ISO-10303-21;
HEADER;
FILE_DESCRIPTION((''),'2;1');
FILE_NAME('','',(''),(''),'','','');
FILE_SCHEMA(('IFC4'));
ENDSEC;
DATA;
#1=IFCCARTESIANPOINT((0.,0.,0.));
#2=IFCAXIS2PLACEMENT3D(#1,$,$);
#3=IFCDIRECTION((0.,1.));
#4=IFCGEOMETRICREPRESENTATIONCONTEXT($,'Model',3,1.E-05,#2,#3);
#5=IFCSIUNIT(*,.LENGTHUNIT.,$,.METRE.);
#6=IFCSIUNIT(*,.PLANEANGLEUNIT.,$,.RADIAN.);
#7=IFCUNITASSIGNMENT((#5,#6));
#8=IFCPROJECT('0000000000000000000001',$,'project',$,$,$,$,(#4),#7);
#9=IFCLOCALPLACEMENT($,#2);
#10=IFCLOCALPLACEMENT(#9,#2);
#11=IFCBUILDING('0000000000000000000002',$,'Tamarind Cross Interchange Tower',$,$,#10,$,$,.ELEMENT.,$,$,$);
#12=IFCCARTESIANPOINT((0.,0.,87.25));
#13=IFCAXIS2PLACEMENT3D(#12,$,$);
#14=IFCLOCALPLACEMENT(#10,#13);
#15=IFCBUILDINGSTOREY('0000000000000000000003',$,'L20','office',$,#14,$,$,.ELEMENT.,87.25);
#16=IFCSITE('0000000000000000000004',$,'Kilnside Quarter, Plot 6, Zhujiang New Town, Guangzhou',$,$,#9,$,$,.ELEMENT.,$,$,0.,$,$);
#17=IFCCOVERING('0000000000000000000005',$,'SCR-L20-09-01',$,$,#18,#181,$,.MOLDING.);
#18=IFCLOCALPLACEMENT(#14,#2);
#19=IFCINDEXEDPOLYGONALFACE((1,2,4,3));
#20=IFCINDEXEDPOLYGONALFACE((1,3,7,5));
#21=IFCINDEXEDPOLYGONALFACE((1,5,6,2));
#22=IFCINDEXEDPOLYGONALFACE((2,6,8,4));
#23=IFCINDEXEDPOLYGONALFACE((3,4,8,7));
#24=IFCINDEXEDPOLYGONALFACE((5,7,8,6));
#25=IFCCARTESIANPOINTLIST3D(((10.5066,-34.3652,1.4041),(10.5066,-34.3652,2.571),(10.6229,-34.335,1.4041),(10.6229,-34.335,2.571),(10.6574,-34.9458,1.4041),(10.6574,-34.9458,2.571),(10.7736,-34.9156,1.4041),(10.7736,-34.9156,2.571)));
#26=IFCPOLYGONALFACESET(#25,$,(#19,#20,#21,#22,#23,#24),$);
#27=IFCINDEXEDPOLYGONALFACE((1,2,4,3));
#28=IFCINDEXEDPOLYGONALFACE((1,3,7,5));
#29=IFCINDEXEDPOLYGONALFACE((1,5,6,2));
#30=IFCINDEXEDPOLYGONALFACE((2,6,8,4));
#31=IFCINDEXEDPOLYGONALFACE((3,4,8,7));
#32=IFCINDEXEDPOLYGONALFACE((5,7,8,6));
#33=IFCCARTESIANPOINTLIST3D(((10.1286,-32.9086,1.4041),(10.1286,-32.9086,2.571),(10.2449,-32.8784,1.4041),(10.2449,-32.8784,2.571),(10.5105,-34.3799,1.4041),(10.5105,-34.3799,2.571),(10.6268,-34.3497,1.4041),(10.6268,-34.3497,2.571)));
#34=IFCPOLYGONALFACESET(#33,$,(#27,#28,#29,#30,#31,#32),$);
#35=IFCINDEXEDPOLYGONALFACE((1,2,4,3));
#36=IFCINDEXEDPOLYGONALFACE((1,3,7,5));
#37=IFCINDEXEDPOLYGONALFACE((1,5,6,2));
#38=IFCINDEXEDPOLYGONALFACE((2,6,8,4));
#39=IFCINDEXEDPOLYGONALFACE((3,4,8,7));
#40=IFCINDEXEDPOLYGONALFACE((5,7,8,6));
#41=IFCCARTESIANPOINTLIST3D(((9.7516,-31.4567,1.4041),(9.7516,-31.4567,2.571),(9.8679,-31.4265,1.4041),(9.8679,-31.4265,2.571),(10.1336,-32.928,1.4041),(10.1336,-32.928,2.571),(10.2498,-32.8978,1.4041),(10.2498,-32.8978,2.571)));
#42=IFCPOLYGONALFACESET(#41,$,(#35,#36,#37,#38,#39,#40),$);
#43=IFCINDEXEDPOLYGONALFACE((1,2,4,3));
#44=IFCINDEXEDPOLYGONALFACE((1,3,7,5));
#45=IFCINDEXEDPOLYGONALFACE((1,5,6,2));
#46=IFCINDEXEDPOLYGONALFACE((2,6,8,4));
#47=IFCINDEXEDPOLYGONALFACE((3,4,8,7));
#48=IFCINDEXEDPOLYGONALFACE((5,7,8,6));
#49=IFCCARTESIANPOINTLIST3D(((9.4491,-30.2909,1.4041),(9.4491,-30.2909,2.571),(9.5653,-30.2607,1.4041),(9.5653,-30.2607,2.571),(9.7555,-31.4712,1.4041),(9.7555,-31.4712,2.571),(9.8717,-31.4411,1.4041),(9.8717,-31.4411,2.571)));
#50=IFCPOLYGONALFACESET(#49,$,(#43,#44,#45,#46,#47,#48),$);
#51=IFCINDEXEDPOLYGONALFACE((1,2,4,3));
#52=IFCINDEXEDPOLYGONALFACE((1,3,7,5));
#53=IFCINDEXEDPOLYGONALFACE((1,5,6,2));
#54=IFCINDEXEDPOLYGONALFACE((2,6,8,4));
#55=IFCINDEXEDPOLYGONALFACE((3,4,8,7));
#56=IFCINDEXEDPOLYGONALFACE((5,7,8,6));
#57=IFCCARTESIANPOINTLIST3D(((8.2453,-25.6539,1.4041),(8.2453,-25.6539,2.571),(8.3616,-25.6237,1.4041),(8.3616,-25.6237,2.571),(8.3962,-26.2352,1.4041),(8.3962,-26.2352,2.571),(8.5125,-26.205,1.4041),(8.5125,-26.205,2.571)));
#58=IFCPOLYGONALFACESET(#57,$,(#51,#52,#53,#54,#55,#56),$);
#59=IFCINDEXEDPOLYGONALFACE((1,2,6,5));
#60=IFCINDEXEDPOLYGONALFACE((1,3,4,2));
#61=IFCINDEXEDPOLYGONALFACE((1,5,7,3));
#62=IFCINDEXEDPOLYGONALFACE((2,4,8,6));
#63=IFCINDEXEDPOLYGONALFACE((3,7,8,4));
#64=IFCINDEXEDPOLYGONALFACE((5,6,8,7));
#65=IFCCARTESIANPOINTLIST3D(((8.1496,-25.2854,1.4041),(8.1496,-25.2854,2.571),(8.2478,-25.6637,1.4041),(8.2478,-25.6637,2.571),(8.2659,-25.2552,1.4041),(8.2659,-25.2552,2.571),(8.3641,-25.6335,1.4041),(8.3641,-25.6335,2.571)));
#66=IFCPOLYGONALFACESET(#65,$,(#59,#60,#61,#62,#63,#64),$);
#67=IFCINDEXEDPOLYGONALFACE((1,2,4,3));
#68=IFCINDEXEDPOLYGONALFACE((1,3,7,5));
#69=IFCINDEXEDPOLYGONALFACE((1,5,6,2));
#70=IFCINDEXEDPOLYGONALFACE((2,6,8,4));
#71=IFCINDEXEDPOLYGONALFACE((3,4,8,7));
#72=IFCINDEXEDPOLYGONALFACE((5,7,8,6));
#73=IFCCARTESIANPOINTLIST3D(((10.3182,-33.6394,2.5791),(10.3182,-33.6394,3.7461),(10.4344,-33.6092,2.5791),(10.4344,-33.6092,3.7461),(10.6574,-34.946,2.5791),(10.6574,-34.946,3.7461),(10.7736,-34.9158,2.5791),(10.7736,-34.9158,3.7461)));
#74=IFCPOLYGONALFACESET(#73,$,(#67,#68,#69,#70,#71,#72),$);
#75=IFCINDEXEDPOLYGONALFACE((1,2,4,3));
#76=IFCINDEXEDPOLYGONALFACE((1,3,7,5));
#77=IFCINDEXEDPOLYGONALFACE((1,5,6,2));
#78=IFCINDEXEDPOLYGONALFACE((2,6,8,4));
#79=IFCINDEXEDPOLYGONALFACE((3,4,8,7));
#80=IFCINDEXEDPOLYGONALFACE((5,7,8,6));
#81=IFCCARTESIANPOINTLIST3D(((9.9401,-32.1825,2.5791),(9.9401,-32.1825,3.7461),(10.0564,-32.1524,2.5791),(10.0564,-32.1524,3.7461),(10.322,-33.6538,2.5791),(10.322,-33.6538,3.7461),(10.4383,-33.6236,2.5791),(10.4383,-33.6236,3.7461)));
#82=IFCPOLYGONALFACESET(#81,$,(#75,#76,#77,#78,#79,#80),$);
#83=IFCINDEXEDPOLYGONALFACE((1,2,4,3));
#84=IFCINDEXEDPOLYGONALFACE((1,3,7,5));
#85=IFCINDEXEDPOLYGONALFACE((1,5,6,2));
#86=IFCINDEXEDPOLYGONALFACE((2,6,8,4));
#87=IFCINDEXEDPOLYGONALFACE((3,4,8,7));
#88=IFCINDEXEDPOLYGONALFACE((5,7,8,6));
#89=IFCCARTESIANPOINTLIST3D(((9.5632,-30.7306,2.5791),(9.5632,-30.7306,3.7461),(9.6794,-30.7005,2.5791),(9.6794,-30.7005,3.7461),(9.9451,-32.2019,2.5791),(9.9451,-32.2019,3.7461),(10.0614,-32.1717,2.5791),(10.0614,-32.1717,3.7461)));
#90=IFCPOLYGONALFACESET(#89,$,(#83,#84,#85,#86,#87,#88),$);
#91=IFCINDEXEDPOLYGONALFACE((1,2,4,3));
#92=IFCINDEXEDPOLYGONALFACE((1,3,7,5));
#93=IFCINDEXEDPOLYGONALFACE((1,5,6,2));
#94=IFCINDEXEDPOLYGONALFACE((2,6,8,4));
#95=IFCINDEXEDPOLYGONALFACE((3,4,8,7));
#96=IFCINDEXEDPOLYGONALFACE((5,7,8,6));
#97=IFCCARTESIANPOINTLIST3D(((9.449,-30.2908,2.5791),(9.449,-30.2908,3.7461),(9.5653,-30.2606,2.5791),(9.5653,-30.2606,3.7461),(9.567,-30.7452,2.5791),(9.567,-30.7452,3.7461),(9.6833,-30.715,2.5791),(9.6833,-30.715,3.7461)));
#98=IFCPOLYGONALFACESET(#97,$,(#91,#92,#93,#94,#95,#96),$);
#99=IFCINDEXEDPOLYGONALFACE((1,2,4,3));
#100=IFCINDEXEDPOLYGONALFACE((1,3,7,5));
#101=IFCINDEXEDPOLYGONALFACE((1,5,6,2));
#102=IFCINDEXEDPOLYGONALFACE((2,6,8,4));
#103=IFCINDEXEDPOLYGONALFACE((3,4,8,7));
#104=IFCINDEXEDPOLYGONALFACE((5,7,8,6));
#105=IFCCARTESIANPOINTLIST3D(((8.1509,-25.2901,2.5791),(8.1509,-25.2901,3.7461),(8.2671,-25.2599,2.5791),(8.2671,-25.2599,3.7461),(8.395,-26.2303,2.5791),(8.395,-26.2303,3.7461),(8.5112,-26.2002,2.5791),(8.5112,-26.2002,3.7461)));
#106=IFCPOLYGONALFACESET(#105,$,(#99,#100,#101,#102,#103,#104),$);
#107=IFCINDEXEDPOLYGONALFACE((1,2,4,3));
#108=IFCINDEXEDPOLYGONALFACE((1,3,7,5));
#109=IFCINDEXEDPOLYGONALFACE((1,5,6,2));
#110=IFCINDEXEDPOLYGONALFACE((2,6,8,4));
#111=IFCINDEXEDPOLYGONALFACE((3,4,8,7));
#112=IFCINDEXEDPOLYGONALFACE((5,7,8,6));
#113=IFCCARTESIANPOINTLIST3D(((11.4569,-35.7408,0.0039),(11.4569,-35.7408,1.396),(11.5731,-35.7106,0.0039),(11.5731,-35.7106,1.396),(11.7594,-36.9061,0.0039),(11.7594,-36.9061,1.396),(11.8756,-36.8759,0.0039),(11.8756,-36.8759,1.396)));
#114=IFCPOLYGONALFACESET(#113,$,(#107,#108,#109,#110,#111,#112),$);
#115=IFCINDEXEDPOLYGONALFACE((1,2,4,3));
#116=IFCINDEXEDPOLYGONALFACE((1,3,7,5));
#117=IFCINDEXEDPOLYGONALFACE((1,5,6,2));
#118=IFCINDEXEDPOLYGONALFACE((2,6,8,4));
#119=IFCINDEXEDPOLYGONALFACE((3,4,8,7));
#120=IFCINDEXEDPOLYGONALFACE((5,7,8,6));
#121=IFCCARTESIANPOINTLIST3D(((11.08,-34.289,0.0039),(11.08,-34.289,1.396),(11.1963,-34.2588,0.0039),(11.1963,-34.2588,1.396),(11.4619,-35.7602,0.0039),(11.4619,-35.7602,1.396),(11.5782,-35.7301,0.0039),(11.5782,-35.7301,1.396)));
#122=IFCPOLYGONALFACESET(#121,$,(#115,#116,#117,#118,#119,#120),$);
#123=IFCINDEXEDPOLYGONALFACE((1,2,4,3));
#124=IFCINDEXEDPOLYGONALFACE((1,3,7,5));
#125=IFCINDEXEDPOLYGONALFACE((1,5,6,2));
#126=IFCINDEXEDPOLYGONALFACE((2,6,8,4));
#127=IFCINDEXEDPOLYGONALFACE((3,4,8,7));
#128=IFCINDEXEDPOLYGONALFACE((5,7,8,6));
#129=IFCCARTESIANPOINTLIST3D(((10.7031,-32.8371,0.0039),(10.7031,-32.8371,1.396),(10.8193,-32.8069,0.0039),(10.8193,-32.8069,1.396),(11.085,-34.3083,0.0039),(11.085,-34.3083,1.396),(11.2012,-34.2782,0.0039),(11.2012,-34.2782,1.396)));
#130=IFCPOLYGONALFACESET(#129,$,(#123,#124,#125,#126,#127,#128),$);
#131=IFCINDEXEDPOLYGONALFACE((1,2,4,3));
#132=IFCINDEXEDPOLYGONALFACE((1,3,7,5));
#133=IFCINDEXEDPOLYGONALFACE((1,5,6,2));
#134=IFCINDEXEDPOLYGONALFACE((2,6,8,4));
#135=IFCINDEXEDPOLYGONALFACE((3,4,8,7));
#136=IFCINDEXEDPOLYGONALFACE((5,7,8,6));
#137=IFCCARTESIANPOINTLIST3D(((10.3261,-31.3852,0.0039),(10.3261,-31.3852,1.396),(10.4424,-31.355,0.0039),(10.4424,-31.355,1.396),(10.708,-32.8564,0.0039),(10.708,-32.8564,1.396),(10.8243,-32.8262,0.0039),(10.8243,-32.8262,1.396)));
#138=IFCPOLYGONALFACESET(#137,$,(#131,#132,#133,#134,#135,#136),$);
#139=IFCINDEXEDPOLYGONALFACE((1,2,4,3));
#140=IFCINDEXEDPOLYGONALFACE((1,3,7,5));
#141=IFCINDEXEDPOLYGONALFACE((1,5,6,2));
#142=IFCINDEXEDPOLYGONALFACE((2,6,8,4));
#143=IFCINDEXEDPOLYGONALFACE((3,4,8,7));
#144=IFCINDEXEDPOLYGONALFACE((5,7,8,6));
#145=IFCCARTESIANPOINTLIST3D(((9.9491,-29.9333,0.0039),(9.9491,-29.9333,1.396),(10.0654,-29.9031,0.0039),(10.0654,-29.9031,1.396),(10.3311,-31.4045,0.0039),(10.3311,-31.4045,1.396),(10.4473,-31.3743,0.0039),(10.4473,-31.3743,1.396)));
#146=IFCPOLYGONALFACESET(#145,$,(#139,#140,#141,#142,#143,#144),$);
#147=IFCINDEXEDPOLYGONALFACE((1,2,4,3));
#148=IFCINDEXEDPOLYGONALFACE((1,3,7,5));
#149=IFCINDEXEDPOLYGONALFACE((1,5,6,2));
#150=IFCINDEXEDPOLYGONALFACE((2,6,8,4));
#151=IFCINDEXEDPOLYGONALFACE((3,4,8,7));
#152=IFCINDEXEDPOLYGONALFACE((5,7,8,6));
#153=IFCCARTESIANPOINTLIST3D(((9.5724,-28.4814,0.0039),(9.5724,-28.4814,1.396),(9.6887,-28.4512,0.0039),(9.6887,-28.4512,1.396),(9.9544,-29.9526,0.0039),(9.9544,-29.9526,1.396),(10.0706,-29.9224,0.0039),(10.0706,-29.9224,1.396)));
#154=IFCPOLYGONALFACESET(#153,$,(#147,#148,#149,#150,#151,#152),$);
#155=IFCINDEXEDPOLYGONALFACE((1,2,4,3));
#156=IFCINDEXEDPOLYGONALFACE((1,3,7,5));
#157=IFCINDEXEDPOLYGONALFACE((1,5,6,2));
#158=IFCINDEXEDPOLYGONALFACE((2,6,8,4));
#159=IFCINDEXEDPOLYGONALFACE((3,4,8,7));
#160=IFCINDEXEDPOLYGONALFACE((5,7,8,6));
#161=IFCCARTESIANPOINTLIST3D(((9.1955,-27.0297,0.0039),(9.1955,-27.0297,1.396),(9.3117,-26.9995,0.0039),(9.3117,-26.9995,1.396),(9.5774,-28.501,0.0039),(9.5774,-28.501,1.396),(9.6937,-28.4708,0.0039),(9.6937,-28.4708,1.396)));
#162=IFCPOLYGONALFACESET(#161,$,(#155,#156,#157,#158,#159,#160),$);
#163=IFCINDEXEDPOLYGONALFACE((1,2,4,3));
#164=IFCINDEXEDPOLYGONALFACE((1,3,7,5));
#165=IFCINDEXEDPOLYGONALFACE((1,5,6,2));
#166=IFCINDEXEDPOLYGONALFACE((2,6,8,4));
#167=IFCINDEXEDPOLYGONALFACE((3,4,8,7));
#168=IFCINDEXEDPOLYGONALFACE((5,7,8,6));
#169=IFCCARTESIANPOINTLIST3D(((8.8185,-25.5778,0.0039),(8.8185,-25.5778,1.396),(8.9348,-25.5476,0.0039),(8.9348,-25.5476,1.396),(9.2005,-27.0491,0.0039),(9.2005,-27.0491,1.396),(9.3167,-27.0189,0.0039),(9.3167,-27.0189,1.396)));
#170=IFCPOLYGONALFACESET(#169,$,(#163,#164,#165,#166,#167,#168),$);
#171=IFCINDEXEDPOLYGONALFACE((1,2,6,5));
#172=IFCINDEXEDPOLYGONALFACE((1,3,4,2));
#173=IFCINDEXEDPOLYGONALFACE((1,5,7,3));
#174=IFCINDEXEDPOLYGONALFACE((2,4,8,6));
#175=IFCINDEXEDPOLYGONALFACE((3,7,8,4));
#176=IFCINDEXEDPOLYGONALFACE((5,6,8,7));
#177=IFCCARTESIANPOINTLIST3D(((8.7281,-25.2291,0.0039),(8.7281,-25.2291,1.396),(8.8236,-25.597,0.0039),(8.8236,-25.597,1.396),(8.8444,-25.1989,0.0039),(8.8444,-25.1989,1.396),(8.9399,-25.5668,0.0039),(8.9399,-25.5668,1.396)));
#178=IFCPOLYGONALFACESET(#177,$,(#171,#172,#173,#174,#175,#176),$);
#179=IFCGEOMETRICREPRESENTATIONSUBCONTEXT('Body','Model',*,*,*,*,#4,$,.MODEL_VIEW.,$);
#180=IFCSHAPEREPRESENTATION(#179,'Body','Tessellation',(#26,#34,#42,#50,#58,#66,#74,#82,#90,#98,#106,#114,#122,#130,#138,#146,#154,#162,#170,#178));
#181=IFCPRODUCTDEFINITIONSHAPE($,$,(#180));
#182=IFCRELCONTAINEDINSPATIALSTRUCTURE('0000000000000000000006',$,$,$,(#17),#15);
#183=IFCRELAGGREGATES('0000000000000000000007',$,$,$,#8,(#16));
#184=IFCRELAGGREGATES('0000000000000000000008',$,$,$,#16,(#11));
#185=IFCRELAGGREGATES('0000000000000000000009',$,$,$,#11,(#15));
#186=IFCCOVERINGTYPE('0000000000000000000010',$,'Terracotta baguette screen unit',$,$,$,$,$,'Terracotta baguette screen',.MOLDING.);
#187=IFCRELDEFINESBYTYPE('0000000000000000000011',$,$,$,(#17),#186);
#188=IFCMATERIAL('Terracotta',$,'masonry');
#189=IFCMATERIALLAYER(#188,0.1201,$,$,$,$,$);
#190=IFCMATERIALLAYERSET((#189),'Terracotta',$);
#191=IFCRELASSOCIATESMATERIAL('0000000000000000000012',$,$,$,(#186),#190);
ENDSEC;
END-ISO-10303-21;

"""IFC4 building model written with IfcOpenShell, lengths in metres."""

from ifc_helpers import new_model, si_unit, direction, frame, origin, origin_2d, place, context, subcontext, project, spatial, rectangle, extrude, material, layer, layer_set, type_object, element, save


model = new_model("IFC4")

# Units and contexts
model_context = context("Model", 3, precision=1e-05, world=origin(), true_north=direction((0.0, 1.0)))
body_context = subcontext(model_context, "Body", "Model", "MODEL_VIEW")
ifc_project = project(units=[si_unit("LENGTHUNIT", "METRE"), si_unit("PLANEANGLEUNIT", "RADIAN")], contexts=[model_context])

# Site, building, storey
site_placement = place(None, origin())
site = spatial("IfcSite", under=ifc_project, at=site_placement, Name="Kilnside Quarter, Plot 6, Zhujiang New Town, Guangzhou", CompositionType="ELEMENT", RefElevation=0.0)
building_placement = place(site_placement, origin())
building = spatial("IfcBuilding", under=site, at=building_placement, Name="Tamarind Cross Interchange Tower", CompositionType="ELEMENT")
storey_placement = place(building_placement, frame((0.0, 0.0, 87.25)))
storey = spatial("IfcBuildingStorey", under=building, at=storey_placement, Name="L20", Description="office", CompositionType="ELEMENT", Elevation=87.25)

# Covering
ifc_material_1 = material(Name="Terracotta", Category="masonry")
ifc_layer_1 = layer(ifc_material_1, 0.1201)
ifc_layer_set_1 = layer_set([ifc_layer_1], Name="Terracotta")
covering_type = type_object("IfcCoveringType", Name="Terracotta baguette screen unit", ElementType="Terracotta baguette screen", PredefinedType="MOLDING", material=ifc_layer_set_1)
covering_1_placement = place(storey_placement, origin())
element("IfcCovering", 1, at=covering_1_placement, inside=storey, type_object=covering_type, Name="SCR-L20-09-01", PredefinedType="MOLDING", context=body_context, shape_type="SweptSolid", body=[
    extrude(rectangle(XDim=0.5999, YDim=0.1201, at=origin_2d()), frame((10.6401, -34.6404, 1.4041), z_axis=(0.0, 0.0, 1.0), x_axis=(-0.251267, 0.967918, 0.0)), (0.0, 0.0, 1.0), 1.167),
    extrude(rectangle(XDim=1.52, YDim=0.1201, at=origin_2d()), frame((10.3777, -33.6292, 1.4041), z_axis=(0.0, 0.0, 1.0), x_axis=(-0.251267, 0.967918, 0.0)), (0.0, 0.0, 1.0), 1.167),
    extrude(rectangle(XDim=1.52, YDim=0.1201, at=origin_2d()), frame((10.0007, -32.1772, 1.4041), z_axis=(0.0, 0.0, 1.0), x_axis=(-0.251267, 0.967918, 0.0)), (0.0, 0.0, 1.0), 1.167),
    extrude(rectangle(XDim=1.2195, YDim=0.1201, at=origin_2d()), frame((9.6604, -30.866, 1.4041), z_axis=(0.0, 0.0, 1.0), x_axis=(-0.251267, 0.967918, 0.0)), (0.0, 0.0, 1.0), 1.167),
    extrude(rectangle(XDim=0.6006, YDim=0.1201, at=origin_2d()), frame((8.3789, -25.9294, 1.4041), z_axis=(0.0, 0.0, 1.0), x_axis=(-0.251267, 0.967918, 0.0)), (0.0, 0.0, 1.0), 1.167),
    extrude(rectangle(XDim=0.3909, YDim=0.1201, at=origin_2d()), frame((8.2568, -25.4595, 1.4041), z_axis=(0.0, 0.0, 1.0), x_axis=(-0.251267, 0.967918, 0.0)), (0.0, 0.0, 1.0), 1.167),
    extrude(rectangle(XDim=1.3499, YDim=0.1201, at=origin_2d()), frame((10.5459, -34.2776, 2.5791), z_axis=(0.0, 0.0, 1.0), x_axis=(-0.251267, 0.967918, 0.0)), (0.0, 0.0, 1.0), 1.167),
    extrude(rectangle(XDim=1.52, YDim=0.1201, at=origin_2d()), frame((10.1892, -32.9031, 2.5791), z_axis=(0.0, 0.0, 1.0), x_axis=(-0.251267, 0.967918, 0.0)), (0.0, 0.0, 1.0), 1.167),
    extrude(rectangle(XDim=1.52, YDim=0.1201, at=origin_2d()), frame((9.8123, -31.4512, 2.5791), z_axis=(0.0, 0.0, 1.0), x_axis=(-0.251267, 0.967918, 0.0)), (0.0, 0.0, 1.0), 1.167),
    extrude(rectangle(XDim=0.4695, YDim=0.1201, at=origin_2d()), frame((9.5662, -30.5029, 2.5791), z_axis=(0.0, 0.0, 1.0), x_axis=(-0.251267, 0.967918, 0.0)), (0.0, 0.0, 1.0), 1.167),
    extrude(rectangle(XDim=0.9714, YDim=0.1201, at=origin_2d()), frame((8.3311, -25.7451, 2.5791), z_axis=(0.0, 0.0, 1.0), x_axis=(-0.251267, 0.967918, 0.0)), (0.0, 0.0, 1.0), 1.167),
    extrude(rectangle(XDim=1.2039, YDim=0.1201, at=origin_2d()), frame((11.6663, -36.3083, 0.0039), z_axis=(0.0, 0.0, 1.0), x_axis=(-0.251267, 0.967918, 0.0)), (0.0, 0.0, 1.0), 1.3921),
    extrude(rectangle(XDim=1.52, YDim=0.1201, at=origin_2d()), frame((11.3291, -35.0095, 0.0039), z_axis=(0.0, 0.0, 1.0), x_axis=(-0.251267, 0.967918, 0.0)), (0.0, 0.0, 1.0), 1.3921),
    extrude(rectangle(XDim=1.52, YDim=0.1201, at=origin_2d()), frame((10.9521, -33.5576, 0.0039), z_axis=(0.0, 0.0, 1.0), x_axis=(-0.251267, 0.967918, 0.0)), (0.0, 0.0, 1.0), 1.3921),
    extrude(rectangle(XDim=1.52, YDim=0.1201, at=origin_2d()), frame((10.5752, -32.1057, 0.0039), z_axis=(0.0, 0.0, 1.0), x_axis=(-0.251267, 0.967918, 0.0)), (0.0, 0.0, 1.0), 1.3921),
    extrude(rectangle(XDim=1.52, YDim=0.1201, at=origin_2d()), frame((10.1982, -30.6538, 0.0039), z_axis=(0.0, 0.0, 1.0), x_axis=(-0.251267, 0.967918, 0.0)), (0.0, 0.0, 1.0), 1.3921),
    extrude(rectangle(XDim=1.52, YDim=0.1201, at=origin_2d()), frame((9.8215, -29.2019, 0.0039), z_axis=(0.0, 0.0, 1.0), x_axis=(-0.251267, 0.967918, 0.0)), (0.0, 0.0, 1.0), 1.3921),
    extrude(rectangle(XDim=1.52, YDim=0.1201, at=origin_2d()), frame((9.4446, -27.7502, 0.0039), z_axis=(0.0, 0.0, 1.0), x_axis=(-0.251267, 0.967918, 0.0)), (0.0, 0.0, 1.0), 1.3921),
    extrude(rectangle(XDim=1.52, YDim=0.1201, at=origin_2d()), frame((9.0676, -26.2983, 0.0039), z_axis=(0.0, 0.0, 1.0), x_axis=(-0.251267, 0.967918, 0.0)), (0.0, 0.0, 1.0), 1.3921),
    extrude(rectangle(XDim=0.3801, YDim=0.1201, at=origin_2d()), frame((8.834, -25.3979, 0.0039), z_axis=(0.0, 0.0, 1.0), x_axis=(-0.251267, 0.967918, 0.0)), (0.0, 0.0, 1.0), 1.3921),
])

save(model, "model.ifc")
